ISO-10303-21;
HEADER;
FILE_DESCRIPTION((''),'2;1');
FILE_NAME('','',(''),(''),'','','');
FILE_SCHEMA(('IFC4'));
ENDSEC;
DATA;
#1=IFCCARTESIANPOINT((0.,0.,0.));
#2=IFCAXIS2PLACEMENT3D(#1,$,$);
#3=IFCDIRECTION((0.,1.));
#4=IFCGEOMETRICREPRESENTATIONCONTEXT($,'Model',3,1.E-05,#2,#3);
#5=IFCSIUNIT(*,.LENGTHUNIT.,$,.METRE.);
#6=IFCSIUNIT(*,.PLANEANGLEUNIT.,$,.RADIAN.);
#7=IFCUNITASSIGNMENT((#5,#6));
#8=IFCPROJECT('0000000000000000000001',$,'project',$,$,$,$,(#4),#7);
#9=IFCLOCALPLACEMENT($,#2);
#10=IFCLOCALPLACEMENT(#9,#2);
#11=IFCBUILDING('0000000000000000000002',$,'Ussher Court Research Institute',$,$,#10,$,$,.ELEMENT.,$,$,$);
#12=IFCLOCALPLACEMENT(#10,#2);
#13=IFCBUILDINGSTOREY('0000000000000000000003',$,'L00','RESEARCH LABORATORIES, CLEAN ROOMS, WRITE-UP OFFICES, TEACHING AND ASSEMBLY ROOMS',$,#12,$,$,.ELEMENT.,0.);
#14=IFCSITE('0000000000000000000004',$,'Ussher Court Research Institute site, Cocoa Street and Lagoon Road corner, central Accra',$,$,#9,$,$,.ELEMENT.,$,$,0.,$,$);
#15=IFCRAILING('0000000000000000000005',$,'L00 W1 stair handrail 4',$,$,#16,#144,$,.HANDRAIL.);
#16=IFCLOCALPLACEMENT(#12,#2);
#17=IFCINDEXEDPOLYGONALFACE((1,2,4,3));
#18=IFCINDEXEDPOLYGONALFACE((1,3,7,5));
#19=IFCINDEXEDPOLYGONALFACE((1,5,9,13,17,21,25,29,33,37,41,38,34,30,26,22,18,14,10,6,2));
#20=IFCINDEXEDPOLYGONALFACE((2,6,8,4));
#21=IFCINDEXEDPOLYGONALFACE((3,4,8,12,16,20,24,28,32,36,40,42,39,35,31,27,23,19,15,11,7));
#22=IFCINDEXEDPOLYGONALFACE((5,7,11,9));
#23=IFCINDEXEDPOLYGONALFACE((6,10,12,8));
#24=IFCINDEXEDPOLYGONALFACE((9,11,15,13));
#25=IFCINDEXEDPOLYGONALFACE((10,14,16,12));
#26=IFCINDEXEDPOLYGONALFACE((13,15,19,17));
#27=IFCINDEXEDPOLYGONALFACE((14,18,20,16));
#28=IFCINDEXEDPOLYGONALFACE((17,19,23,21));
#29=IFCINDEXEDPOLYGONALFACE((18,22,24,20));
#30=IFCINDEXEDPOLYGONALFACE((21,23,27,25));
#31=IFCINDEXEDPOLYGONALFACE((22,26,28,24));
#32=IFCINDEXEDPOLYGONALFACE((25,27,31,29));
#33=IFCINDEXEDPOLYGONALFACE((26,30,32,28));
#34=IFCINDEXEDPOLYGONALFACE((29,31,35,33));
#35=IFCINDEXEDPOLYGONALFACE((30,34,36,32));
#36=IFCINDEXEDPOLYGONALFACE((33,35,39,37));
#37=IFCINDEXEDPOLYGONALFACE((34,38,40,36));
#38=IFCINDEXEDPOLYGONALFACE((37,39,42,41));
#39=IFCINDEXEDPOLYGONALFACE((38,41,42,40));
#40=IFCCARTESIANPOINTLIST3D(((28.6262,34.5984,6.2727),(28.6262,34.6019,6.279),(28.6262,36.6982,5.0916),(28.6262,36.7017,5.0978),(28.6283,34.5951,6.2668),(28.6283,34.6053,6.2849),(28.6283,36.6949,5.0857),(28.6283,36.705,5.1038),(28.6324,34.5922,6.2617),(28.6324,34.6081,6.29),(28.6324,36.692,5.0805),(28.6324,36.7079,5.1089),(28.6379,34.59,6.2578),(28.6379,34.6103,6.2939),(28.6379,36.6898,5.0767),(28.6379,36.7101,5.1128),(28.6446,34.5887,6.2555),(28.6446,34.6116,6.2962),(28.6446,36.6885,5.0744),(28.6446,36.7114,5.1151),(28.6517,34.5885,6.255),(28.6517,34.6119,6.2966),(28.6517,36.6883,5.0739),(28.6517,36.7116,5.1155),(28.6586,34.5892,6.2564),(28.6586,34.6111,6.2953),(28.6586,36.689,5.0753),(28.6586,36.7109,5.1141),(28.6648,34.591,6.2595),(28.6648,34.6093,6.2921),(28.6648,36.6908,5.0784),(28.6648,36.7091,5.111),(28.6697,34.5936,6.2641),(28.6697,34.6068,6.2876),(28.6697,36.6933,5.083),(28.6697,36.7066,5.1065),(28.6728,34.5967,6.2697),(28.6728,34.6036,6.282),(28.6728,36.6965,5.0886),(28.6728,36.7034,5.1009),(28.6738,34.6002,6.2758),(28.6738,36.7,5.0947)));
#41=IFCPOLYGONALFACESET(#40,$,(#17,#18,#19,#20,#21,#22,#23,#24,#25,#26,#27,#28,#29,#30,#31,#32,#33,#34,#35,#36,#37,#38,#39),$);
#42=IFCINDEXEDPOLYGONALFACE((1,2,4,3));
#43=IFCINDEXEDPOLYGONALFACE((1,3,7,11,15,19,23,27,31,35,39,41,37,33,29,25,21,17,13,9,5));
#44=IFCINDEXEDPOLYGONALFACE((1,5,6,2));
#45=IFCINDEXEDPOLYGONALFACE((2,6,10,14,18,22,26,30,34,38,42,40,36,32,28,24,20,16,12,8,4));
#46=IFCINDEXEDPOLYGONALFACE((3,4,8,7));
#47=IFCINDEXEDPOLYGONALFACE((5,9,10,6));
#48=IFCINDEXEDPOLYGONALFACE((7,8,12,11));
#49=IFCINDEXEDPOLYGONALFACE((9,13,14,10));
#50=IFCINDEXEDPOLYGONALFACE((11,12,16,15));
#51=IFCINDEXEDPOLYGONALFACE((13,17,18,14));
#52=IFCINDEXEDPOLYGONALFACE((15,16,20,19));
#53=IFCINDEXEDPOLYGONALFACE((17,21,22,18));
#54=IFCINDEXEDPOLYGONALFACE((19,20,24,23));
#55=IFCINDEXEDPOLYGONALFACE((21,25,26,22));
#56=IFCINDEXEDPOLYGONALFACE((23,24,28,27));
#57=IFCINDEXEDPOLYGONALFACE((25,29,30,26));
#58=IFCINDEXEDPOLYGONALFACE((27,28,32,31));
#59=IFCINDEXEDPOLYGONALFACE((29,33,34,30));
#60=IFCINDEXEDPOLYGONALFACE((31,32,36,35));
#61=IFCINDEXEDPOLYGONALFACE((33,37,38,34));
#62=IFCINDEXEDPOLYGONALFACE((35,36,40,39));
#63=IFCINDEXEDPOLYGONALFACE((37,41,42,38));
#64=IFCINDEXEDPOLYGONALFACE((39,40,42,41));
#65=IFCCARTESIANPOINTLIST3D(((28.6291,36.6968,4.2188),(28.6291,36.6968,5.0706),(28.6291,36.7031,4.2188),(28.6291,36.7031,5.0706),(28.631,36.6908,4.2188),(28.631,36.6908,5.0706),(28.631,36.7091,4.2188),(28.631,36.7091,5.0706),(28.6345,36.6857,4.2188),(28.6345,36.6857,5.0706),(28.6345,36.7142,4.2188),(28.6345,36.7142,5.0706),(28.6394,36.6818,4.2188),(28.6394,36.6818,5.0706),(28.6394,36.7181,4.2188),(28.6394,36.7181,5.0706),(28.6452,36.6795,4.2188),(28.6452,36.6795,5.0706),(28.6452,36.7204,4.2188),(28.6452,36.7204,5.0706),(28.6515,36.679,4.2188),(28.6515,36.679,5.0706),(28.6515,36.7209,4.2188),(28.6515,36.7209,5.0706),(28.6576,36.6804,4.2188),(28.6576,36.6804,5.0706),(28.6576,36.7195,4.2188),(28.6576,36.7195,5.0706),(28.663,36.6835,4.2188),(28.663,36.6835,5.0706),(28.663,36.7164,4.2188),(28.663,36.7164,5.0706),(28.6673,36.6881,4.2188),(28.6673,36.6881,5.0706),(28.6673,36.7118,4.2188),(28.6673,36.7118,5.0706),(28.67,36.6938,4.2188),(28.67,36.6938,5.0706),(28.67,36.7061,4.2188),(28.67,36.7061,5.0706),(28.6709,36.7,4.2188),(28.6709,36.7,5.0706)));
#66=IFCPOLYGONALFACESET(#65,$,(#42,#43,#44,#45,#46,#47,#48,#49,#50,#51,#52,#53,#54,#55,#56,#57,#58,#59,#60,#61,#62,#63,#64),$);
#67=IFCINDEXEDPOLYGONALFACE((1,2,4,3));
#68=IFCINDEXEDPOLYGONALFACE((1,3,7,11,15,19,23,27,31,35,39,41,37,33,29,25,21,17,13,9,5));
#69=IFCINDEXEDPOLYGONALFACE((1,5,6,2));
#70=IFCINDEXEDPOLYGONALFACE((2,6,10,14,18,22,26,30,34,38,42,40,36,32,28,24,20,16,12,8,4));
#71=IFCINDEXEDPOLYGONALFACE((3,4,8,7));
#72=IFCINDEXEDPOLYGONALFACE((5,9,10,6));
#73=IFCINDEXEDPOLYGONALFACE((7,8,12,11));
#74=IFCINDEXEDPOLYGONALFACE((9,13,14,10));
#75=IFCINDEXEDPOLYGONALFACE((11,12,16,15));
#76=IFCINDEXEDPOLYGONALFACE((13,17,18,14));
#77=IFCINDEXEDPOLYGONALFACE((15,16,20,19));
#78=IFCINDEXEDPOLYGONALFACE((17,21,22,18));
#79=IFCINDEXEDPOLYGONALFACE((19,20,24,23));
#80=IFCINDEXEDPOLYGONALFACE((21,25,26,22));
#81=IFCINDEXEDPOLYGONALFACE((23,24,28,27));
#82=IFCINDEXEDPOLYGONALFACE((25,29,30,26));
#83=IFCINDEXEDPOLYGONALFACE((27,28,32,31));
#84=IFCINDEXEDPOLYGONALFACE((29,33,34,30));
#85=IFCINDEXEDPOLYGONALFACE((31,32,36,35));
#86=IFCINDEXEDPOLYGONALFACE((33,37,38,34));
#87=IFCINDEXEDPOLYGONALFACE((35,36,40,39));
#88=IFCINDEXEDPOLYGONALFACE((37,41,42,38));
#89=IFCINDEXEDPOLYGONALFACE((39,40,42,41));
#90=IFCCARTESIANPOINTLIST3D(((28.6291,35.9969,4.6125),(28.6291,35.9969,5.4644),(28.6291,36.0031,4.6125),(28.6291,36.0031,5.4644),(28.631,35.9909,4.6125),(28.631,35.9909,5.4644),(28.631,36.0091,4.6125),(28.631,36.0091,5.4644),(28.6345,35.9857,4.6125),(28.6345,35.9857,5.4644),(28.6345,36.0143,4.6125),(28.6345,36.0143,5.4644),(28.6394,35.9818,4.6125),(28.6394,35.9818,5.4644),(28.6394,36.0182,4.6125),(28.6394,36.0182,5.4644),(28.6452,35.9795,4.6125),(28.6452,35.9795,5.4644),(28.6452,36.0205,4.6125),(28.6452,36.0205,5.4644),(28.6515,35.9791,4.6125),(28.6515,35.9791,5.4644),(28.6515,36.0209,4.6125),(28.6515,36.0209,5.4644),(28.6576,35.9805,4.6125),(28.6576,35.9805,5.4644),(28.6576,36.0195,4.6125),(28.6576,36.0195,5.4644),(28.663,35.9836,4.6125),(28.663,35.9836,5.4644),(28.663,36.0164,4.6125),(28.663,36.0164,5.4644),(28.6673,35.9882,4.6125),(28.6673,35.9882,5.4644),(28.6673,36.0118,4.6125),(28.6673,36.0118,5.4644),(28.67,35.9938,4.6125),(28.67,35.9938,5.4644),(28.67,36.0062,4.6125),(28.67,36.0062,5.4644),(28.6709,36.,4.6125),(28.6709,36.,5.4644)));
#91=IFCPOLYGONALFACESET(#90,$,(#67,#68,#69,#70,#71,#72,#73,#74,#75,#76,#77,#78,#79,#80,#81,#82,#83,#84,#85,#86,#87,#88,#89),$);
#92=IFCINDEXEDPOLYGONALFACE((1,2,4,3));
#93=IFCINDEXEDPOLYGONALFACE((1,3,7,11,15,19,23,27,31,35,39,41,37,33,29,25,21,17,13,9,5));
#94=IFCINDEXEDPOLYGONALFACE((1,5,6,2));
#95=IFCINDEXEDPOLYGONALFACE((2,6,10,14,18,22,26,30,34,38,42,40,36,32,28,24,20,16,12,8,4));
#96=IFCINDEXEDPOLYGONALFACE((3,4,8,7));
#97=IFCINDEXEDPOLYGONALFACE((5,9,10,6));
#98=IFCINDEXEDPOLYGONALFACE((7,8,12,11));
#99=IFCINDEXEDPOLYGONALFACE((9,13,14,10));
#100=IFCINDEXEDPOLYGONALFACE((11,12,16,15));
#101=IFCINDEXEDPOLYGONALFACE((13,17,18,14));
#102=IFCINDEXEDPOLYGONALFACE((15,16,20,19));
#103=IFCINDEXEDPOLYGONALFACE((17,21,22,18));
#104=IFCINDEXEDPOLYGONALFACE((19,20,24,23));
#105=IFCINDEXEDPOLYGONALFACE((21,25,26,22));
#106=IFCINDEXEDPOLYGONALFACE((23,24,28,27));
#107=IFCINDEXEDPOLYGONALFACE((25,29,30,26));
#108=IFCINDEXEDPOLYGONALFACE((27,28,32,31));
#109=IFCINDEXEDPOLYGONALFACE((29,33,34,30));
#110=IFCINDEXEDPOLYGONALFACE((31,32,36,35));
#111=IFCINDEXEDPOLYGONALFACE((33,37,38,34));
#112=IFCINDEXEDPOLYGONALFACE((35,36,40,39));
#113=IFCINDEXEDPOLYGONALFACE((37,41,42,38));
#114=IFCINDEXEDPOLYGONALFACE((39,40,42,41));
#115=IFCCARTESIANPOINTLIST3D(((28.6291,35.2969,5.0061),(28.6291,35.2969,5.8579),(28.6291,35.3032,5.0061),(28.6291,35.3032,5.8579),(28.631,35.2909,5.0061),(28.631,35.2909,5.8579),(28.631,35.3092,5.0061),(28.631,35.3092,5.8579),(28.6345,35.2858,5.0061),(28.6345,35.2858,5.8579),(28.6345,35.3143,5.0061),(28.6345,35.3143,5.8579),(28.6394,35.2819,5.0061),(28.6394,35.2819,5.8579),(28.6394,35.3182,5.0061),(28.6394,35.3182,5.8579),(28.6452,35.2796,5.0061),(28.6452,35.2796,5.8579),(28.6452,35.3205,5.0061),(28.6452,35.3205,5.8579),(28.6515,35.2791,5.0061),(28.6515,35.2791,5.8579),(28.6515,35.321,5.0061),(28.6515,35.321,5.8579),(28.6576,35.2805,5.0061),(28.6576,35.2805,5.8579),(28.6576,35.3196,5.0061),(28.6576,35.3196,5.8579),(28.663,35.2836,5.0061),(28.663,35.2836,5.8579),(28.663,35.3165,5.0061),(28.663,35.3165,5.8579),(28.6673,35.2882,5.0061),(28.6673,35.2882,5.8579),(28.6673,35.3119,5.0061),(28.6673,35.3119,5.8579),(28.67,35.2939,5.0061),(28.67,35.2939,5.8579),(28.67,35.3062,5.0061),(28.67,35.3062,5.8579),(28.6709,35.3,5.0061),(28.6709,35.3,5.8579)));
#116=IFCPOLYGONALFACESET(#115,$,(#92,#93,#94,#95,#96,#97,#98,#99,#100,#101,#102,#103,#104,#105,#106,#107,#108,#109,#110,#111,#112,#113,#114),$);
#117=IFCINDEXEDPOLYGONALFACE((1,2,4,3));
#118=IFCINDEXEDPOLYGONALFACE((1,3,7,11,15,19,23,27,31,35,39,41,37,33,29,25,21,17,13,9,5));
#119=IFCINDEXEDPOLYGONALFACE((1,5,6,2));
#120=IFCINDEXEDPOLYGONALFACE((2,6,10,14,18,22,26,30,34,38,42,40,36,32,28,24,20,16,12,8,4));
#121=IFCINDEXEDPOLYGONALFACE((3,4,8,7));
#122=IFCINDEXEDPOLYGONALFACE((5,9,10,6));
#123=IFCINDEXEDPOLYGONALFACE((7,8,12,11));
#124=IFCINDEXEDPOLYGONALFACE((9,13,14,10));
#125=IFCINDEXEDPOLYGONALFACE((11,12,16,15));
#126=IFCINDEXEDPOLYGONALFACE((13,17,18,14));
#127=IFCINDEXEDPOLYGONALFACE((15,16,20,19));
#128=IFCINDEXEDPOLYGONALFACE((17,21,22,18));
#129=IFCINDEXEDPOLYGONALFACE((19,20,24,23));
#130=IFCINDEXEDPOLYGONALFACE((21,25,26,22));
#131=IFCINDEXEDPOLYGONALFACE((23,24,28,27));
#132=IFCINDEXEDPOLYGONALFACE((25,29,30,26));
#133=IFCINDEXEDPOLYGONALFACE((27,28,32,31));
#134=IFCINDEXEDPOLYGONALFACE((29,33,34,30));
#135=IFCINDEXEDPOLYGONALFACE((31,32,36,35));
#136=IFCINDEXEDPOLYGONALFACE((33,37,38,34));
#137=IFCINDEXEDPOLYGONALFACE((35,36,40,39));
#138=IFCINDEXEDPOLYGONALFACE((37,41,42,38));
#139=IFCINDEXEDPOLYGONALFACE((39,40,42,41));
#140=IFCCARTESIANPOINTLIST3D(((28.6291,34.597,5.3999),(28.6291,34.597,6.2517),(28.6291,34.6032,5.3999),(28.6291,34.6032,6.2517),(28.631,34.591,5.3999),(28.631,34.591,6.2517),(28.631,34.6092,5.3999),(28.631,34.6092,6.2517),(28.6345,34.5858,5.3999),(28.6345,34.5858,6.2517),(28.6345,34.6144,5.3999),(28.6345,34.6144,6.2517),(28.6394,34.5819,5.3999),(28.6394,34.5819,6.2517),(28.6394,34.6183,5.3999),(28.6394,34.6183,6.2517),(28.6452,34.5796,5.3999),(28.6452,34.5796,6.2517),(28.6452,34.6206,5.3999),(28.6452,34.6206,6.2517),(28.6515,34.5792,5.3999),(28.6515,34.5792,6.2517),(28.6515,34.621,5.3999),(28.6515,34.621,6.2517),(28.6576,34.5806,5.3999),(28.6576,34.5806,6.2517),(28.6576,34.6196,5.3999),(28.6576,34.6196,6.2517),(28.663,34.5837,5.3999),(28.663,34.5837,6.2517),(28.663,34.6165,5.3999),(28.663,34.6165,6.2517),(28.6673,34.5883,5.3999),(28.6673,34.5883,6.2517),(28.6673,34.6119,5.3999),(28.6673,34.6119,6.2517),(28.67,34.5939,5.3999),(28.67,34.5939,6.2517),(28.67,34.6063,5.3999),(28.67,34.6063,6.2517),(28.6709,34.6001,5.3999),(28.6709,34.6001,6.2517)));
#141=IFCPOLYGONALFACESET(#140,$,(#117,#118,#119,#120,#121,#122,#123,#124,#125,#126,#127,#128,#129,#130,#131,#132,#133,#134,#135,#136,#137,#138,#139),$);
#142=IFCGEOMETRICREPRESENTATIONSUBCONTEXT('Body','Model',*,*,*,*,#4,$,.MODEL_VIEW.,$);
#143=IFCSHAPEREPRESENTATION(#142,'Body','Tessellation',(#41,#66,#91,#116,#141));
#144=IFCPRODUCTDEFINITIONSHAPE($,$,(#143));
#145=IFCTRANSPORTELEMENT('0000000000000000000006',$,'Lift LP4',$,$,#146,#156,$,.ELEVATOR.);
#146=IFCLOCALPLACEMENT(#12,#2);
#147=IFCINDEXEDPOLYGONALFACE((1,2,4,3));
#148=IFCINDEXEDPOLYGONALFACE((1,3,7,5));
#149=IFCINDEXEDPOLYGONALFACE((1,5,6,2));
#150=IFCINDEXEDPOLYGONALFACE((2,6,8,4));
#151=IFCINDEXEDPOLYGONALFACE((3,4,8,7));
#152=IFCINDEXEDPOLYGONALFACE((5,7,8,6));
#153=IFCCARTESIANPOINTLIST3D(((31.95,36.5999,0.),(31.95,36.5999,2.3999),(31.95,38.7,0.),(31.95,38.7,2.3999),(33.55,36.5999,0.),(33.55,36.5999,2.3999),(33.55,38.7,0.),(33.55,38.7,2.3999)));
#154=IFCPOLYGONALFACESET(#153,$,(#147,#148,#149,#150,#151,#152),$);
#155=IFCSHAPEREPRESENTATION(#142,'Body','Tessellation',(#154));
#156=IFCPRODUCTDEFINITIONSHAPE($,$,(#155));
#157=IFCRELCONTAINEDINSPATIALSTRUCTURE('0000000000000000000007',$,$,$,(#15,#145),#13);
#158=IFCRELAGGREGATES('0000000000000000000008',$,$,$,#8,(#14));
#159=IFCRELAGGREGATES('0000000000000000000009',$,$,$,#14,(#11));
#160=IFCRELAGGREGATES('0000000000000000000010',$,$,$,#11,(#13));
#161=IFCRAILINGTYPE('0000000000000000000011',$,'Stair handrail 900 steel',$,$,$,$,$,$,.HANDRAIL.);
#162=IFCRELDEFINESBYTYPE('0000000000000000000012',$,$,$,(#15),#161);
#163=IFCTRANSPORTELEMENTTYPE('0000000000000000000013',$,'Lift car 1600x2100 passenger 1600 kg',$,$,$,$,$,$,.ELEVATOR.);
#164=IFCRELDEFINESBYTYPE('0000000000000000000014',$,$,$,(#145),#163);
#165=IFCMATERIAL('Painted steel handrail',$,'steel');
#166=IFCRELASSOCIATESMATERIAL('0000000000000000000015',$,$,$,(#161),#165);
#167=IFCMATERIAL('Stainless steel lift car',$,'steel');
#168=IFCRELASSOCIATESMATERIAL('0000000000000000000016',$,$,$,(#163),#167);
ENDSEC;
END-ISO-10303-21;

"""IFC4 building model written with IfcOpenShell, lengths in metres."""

from ifc_helpers import new_model, si_unit, direction, frame, origin, origin_2d, place, context, subcontext, project, spatial, rectangle, circle, extrude, material, type_object, element, save


model = new_model("IFC4")

# Units and contexts
model_context = context("Model", 3, precision=1e-05, world=origin(), true_north=direction((0.0, 1.0)))
body_context = subcontext(model_context, "Body", "Model", "MODEL_VIEW")
ifc_project = project(units=[si_unit("LENGTHUNIT", "METRE"), si_unit("PLANEANGLEUNIT", "RADIAN")], contexts=[model_context])

# Site, building, storey
site_placement = place(None, origin())
site = spatial("IfcSite", under=ifc_project, at=site_placement, Name="Ussher Court Research Institute site, Cocoa Street and Lagoon Road corner, central Accra", CompositionType="ELEMENT", RefElevation=0.0)
building_placement = place(site_placement, origin())
building = spatial("IfcBuilding", under=site, at=building_placement, Name="Ussher Court Research Institute", CompositionType="ELEMENT")
storey_placement = place(building_placement, origin())
storey = spatial("IfcBuildingStorey", under=building, at=storey_placement, Name="L00", Description="RESEARCH LABORATORIES, CLEAN ROOMS, WRITE-UP OFFICES, TEACHING AND ASSEMBLY ROOMS", CompositionType="ELEMENT", Elevation=0.0)

# Railing
ifc_material_1 = material(Name="Painted steel handrail", Category="steel")
railing_type_1 = type_object("IfcRailingType", Name="Stair handrail 900 steel", PredefinedType="HANDRAIL", material=ifc_material_1)
for number, where, name in (
    (1, (28.6499, 36.7, 4.2188), "L00 W1 stair handrail 4"),
):
    element("IfcRailing", number, at=place(storey_placement, frame(where)), inside=storey, type_object=railing_type_1, Name=name, PredefinedType="HANDRAIL", context=body_context, shape_type="SweptSolid", body=[
        extrude(circle(Radius=0.0239, at=origin_2d()), frame((0.0, 0.0, 0.876), z_axis=(0.0, -0.871578, 0.490256), x_axis=(1.0, 0.0, 0.0)), (0.0, 0.0, 1.0), 2.4092),
        extrude(circle(Radius=0.021, at=origin_2d()), origin(), (0.0, 0.0, 1.0), 0.8518),
        extrude(circle(Radius=0.021, at=origin_2d()), frame((0.0, -0.7, 0.3938)), (0.0, 0.0, 1.0), 0.8518),
        extrude(circle(Radius=0.021, at=origin_2d()), frame((0.0, -1.3999, 0.7874)), (0.0, 0.0, 1.0), 0.8518),
        extrude(circle(Radius=0.021, at=origin_2d()), frame((0.0, -2.0999, 1.1812)), (0.0, 0.0, 1.0), 0.8518),
    ])

# Transport element
ifc_material_2 = material(Name="Stainless steel lift car", Category="steel")
transport_element_type = type_object("IfcTransportElementType", Name="Lift car 1600x2100 passenger 1600 kg", PredefinedType="ELEVATOR", material=ifc_material_2)
transport_element_placement = place(storey_placement, frame((32.75, 37.6499, 0.0), z_axis=(0.0, 0.0, 1.0), x_axis=(1.0, 0.0, 0.0)))
element("IfcTransportElement", 2, at=transport_element_placement, inside=storey, type_object=transport_element_type, Name="Lift LP4", PredefinedType="ELEVATOR", context=body_context, shape_type="SweptSolid", body=[
    extrude(rectangle(XDim=1.6001, YDim=2.1001, at=origin_2d()), origin(), (0.0, 0.0, 1.0), 2.3999),
])

save(model, "model.ifc")
